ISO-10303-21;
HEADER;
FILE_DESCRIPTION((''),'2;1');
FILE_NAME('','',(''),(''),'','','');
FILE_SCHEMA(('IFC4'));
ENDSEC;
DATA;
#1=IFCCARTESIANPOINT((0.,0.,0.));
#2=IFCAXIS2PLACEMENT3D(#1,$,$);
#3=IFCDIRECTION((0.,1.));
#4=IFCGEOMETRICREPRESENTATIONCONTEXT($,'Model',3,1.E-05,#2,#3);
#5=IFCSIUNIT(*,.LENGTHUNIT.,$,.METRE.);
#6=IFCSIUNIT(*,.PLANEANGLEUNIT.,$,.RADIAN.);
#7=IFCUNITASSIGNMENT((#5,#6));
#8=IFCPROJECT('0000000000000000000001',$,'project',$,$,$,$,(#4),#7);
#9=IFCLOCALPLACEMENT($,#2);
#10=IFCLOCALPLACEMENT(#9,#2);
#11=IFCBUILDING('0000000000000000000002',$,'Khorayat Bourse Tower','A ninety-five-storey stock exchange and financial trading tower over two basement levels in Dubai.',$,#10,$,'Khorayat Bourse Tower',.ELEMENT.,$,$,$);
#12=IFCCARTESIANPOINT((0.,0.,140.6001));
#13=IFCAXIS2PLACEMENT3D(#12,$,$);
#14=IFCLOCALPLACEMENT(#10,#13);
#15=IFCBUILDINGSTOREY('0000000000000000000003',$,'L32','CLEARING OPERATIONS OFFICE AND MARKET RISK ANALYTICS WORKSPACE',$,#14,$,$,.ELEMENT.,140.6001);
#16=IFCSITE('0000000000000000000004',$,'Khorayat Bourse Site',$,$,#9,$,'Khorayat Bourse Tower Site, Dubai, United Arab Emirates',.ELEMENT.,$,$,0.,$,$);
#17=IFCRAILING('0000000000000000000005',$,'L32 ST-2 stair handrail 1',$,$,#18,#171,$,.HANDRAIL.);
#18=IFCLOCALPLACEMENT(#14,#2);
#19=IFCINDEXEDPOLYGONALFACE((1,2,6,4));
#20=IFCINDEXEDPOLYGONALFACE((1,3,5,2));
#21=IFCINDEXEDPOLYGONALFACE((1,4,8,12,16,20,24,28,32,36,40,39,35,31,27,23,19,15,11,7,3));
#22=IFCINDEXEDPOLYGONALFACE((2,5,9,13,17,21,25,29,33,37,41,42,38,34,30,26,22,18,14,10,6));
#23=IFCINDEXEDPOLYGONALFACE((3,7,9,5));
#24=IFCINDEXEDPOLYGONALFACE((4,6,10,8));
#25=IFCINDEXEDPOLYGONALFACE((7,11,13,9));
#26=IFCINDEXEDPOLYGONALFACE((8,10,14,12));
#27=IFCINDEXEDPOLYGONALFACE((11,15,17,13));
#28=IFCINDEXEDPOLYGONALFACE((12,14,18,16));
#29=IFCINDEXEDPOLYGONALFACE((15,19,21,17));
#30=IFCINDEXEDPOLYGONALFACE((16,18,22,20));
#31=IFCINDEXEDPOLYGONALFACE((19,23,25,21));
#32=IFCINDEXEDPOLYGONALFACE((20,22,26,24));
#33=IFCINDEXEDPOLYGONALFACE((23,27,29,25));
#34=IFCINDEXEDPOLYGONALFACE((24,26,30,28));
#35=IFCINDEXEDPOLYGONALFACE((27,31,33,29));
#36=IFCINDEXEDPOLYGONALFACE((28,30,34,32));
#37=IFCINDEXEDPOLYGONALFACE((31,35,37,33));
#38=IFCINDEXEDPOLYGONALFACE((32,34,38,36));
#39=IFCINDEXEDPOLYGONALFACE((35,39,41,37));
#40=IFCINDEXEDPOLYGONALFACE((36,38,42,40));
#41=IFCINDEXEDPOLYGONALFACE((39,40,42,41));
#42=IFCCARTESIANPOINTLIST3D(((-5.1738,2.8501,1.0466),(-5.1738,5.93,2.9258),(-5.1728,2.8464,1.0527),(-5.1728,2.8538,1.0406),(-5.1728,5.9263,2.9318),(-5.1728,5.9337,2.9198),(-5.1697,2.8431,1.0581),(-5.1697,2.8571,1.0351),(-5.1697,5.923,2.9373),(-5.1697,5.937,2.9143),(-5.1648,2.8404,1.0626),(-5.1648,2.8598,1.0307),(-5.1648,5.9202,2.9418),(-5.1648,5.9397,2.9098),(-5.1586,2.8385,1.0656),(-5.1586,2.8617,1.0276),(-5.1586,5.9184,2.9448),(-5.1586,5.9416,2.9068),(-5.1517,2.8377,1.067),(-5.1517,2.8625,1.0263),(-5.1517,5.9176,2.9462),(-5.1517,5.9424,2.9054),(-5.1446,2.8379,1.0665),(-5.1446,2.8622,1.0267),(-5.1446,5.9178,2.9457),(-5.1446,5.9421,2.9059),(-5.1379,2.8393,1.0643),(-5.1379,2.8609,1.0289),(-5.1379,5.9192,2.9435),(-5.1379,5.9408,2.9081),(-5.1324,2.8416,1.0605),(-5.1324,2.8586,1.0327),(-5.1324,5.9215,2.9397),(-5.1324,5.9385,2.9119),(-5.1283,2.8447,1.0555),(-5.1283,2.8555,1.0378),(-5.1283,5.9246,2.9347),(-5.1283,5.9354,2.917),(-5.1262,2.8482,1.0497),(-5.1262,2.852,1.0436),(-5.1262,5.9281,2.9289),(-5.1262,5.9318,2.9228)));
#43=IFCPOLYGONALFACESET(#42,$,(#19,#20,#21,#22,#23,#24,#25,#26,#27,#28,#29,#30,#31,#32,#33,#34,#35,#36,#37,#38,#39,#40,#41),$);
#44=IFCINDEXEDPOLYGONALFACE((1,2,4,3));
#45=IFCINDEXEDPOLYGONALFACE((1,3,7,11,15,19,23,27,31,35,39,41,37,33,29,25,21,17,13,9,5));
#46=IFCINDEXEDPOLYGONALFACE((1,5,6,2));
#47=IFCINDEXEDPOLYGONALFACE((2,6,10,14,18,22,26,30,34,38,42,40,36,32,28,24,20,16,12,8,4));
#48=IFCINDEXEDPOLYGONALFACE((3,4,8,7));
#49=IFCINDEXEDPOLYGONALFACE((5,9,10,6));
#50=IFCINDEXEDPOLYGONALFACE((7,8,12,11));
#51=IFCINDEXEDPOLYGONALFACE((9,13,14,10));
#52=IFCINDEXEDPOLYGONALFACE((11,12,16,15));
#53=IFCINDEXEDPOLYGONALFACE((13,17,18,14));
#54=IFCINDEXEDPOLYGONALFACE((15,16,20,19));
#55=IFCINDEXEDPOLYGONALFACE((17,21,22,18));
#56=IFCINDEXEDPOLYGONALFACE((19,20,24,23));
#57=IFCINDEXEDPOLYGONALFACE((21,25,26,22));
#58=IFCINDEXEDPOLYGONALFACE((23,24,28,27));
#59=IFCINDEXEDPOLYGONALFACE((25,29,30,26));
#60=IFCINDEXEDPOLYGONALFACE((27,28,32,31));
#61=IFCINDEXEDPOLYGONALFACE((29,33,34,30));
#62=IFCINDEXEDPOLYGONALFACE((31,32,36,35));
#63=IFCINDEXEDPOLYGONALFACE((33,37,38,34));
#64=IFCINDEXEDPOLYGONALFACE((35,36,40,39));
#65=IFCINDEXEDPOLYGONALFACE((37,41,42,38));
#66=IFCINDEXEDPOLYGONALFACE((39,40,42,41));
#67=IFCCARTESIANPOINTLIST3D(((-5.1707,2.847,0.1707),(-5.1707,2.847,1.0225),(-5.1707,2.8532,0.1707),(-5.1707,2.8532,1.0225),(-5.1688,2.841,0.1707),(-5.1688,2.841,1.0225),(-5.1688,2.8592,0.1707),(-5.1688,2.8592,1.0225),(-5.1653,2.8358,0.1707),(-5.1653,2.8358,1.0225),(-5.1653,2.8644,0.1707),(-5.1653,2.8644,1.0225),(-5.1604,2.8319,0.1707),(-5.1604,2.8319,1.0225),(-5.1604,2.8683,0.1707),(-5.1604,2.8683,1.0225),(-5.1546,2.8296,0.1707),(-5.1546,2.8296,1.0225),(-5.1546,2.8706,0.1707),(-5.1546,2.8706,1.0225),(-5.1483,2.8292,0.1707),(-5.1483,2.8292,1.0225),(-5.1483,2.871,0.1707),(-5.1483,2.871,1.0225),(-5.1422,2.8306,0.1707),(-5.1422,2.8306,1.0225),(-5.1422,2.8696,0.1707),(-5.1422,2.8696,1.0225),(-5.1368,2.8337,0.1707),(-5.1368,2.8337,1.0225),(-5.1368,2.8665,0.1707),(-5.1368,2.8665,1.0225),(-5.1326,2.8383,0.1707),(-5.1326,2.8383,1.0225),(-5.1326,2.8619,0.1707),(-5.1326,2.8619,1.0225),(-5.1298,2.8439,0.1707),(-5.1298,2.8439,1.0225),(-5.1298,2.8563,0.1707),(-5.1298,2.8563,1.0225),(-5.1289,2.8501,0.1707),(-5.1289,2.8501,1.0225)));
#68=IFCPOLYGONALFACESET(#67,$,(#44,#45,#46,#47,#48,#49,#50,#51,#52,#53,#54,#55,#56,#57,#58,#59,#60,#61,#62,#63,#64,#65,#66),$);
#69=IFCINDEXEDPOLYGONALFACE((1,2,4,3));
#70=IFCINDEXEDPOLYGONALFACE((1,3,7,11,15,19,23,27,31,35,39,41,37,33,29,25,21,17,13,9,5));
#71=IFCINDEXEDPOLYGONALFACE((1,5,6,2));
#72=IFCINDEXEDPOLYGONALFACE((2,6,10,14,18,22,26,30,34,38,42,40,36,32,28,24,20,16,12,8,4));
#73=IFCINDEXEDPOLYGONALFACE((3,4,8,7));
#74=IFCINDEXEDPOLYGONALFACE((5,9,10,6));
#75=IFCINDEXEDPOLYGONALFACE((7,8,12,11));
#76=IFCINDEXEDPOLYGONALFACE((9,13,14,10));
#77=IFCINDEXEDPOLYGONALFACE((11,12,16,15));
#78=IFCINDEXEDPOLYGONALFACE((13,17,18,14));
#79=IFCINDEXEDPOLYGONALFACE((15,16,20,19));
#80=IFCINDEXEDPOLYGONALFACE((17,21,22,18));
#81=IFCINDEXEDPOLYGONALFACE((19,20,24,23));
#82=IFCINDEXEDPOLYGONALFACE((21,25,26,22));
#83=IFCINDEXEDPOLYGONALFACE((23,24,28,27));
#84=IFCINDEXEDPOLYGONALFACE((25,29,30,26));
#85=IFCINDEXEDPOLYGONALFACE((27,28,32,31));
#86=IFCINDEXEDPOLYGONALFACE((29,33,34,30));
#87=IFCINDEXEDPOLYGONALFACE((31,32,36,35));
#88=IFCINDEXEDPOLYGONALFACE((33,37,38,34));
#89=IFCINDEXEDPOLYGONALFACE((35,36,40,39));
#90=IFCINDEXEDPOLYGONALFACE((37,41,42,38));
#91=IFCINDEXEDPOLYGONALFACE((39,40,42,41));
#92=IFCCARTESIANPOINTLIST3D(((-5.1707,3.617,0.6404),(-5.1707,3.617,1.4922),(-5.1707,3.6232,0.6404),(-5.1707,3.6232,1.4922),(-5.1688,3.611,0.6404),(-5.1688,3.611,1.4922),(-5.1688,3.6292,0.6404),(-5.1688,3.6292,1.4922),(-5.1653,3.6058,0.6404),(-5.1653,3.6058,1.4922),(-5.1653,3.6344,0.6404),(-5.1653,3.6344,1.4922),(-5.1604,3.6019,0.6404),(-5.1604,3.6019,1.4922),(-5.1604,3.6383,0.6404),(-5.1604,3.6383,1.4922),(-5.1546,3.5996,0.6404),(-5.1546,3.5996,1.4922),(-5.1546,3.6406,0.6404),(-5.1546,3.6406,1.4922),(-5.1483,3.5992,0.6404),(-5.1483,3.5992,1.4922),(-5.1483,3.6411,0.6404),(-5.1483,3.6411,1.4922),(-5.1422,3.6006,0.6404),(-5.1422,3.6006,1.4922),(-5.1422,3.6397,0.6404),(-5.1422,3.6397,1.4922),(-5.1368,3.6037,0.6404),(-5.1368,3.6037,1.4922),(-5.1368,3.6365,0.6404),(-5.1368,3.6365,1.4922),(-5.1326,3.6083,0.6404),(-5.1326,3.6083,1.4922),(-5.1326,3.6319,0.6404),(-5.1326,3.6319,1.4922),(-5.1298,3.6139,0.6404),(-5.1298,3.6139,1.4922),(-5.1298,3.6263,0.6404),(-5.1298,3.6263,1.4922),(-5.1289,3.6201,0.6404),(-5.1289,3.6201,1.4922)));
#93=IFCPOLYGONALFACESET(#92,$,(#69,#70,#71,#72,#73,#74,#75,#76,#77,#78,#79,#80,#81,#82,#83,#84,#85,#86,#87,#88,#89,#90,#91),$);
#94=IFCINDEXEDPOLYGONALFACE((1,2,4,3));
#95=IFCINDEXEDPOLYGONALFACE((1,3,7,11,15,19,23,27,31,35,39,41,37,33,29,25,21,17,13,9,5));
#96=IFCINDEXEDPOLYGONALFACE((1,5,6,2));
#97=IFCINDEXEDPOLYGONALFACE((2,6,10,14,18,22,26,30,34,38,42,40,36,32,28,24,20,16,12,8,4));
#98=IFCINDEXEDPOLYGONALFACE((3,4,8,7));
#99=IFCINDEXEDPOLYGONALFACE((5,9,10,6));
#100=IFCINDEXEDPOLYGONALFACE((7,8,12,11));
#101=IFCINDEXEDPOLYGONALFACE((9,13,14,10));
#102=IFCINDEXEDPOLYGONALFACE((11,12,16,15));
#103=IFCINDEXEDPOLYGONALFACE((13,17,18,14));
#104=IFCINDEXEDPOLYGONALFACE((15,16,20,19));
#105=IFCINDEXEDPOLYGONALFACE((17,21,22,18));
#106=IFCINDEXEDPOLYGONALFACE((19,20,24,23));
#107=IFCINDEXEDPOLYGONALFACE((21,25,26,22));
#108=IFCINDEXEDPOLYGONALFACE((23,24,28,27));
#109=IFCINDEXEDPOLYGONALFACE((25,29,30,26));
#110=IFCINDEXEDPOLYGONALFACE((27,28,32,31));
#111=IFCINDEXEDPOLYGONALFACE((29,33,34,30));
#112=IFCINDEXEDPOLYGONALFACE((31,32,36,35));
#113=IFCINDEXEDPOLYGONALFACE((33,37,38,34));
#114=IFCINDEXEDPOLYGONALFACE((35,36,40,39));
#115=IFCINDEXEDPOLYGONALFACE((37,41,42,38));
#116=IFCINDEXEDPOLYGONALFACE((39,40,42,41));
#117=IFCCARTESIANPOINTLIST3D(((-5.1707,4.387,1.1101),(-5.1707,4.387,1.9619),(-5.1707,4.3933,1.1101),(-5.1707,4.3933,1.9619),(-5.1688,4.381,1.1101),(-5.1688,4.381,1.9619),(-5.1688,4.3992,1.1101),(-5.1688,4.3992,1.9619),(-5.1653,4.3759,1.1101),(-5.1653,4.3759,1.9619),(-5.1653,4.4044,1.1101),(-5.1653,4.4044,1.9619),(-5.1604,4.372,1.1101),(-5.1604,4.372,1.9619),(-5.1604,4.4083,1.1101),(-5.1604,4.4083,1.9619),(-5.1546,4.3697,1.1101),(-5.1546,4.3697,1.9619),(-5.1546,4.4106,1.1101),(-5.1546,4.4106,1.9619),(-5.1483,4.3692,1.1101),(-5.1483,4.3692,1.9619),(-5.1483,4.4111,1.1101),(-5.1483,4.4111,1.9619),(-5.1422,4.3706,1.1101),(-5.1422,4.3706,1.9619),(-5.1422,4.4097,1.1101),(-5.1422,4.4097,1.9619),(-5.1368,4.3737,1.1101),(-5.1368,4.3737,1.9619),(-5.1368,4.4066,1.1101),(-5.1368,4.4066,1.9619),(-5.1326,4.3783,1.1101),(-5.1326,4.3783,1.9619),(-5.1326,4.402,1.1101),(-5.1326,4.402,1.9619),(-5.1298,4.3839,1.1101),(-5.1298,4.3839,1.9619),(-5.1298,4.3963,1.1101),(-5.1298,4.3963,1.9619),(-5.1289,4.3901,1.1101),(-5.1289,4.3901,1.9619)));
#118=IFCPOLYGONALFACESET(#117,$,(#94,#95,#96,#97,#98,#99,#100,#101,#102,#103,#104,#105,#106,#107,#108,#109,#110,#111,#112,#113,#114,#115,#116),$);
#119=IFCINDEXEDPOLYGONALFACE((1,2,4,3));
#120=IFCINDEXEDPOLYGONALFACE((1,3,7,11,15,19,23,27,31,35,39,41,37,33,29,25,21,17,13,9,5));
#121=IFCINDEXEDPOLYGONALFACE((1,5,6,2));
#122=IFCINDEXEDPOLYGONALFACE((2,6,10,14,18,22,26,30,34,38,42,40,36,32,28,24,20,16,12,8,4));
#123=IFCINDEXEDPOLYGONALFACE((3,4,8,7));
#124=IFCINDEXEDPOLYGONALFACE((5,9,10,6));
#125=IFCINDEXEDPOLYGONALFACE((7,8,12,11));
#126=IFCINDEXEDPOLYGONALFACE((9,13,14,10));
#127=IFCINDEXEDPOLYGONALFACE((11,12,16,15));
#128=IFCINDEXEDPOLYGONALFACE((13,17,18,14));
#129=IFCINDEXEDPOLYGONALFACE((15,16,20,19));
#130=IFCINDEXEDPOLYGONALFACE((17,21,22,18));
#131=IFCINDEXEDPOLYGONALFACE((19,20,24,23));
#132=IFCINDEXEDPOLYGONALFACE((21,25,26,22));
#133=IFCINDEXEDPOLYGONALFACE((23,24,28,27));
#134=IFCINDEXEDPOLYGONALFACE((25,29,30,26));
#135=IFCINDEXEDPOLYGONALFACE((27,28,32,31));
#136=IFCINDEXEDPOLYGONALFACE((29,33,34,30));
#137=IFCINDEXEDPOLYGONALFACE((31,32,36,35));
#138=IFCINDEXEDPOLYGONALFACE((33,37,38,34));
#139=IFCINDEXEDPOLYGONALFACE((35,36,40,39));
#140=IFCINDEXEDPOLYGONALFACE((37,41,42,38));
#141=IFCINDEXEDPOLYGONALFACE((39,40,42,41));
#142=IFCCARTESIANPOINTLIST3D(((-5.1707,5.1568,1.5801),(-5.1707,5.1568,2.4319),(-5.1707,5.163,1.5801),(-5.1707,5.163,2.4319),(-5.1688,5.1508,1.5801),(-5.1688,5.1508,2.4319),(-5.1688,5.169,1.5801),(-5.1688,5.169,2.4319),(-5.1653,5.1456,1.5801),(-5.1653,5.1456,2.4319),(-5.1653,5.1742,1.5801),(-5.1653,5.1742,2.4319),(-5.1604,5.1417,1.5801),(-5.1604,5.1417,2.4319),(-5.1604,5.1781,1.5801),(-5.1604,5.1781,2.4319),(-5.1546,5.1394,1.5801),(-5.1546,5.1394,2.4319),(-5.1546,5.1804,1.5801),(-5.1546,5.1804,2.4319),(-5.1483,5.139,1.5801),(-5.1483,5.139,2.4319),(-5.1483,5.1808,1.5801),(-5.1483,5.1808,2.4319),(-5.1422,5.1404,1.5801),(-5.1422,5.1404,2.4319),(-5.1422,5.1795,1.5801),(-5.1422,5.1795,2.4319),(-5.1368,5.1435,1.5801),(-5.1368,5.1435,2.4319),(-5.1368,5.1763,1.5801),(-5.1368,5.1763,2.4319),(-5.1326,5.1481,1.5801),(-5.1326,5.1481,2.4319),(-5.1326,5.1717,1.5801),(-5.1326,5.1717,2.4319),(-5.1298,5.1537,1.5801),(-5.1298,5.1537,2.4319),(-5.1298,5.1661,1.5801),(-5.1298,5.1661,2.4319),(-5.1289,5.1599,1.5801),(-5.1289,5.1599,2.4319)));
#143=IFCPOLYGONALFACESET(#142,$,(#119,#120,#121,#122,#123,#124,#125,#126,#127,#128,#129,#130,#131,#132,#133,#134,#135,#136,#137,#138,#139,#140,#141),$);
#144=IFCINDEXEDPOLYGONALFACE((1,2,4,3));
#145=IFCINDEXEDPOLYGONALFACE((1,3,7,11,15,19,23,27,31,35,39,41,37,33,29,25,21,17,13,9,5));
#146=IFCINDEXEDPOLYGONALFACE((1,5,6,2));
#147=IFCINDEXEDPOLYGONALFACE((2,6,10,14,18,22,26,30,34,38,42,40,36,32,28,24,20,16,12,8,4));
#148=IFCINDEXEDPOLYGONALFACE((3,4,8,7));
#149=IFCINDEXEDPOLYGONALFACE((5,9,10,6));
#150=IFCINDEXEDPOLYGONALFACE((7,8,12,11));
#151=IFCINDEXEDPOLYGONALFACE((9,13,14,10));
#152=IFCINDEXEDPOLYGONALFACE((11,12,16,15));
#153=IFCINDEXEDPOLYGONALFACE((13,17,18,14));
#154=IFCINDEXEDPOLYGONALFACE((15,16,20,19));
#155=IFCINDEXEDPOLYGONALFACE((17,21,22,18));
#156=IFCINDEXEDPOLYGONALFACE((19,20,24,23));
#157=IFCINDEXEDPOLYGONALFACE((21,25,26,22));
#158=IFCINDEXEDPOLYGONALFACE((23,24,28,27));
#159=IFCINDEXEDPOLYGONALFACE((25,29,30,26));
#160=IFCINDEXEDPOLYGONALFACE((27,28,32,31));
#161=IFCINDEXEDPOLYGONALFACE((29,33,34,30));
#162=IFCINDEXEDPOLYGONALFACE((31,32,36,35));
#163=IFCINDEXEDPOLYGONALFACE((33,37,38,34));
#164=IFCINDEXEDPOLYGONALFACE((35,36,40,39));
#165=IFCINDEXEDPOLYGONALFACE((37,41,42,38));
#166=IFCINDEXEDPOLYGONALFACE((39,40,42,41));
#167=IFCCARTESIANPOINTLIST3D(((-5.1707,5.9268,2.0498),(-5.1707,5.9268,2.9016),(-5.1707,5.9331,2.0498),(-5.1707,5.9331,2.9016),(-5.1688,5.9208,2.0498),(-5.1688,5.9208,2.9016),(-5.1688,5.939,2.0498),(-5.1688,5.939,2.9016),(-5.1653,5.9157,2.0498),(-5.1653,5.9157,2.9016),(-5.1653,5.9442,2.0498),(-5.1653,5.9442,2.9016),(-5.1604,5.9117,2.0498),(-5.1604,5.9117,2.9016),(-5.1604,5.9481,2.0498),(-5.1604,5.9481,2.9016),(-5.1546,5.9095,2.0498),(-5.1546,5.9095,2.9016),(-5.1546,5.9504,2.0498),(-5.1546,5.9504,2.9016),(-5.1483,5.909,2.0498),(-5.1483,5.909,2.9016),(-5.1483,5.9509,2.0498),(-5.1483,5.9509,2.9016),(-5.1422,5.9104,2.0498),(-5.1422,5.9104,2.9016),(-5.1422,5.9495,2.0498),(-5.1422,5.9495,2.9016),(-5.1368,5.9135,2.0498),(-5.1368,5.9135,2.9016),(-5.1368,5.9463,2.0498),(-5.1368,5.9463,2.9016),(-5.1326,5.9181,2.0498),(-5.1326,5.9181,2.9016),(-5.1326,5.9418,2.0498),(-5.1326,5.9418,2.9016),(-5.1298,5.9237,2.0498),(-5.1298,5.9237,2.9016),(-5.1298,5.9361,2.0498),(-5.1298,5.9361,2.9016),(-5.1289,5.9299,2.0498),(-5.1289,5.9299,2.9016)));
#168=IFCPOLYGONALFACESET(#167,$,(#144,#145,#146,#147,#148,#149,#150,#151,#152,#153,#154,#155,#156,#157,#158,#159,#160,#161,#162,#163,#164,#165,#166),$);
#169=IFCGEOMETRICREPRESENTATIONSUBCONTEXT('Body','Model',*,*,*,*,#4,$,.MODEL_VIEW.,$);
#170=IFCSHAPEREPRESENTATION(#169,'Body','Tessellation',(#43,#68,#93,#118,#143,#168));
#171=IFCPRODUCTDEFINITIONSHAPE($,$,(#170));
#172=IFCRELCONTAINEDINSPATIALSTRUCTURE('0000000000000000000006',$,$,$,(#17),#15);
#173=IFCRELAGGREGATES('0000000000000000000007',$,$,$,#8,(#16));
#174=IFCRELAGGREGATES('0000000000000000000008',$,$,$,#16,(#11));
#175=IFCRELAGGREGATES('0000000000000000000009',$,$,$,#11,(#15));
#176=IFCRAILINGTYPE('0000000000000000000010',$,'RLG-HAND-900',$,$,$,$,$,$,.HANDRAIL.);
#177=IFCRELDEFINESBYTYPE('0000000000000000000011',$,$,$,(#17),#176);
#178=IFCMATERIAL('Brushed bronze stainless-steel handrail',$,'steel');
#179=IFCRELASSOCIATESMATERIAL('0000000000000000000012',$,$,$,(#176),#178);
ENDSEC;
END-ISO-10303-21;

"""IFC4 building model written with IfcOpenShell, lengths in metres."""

from ifc_helpers import new_model, si_unit, direction, frame, origin, origin_2d, place, context, subcontext, project, spatial, circle, extrude, source, transform, mapped, material, type_object, element, save


model = new_model("IFC4")

# Units and contexts
model_context = context("Model", 3, precision=1e-05, world=origin(), true_north=direction((0.0, 1.0)))
body_context = subcontext(model_context, "Body", "Model", "MODEL_VIEW")
ifc_project = project(units=[si_unit("LENGTHUNIT", "METRE"), si_unit("PLANEANGLEUNIT", "RADIAN")], contexts=[model_context])

# Site, building, storey
site_placement = place(None, origin())
site = spatial("IfcSite", under=ifc_project, at=site_placement, Name="Khorayat Bourse Site", LongName="Khorayat Bourse Tower Site, Dubai, United Arab Emirates", CompositionType="ELEMENT", RefElevation=0.0)
building_placement = place(site_placement, origin())
building = spatial("IfcBuilding", under=site, at=building_placement, Name="Khorayat Bourse Tower", Description="A ninety-five-storey stock exchange and financial trading tower over two basement levels in Dubai.", LongName="Khorayat Bourse Tower", CompositionType="ELEMENT")
storey_placement = place(building_placement, frame((0.0, 0.0, 140.6001)))
storey = spatial("IfcBuildingStorey", under=building, at=storey_placement, Name="L32", Description="CLEARING OPERATIONS OFFICE AND MARKET RISK ANALYTICS WORKSPACE", CompositionType="ELEMENT", Elevation=140.6001)

# Railing
ifc_material_1 = material(Name="Brushed bronze stainless-steel handrail", Category="steel")
railing_type_1 = type_object("IfcRailingType", Name="RLG-HAND-900", PredefinedType="HANDRAIL", material=ifc_material_1)
shared_shape_1 = source(origin(), body_context, "Body", "SweptSolid", [
    extrude(circle(Radius=0.0239, at=origin_2d()), frame((0.0, 0.0, 0.876), z_axis=(0.0, 0.853648, 0.52085), x_axis=(-1.0, 0.0, 0.0)), (0.0, 0.0, 1.0), 3.6079),
    extrude(circle(Radius=0.021, at=origin_2d()), origin(), (0.0, 0.0, 1.0), 0.8518),
    extrude(circle(Radius=0.021, at=origin_2d()), frame((0.0, 0.77, 0.4697)), (0.0, 0.0, 1.0), 0.8518),
    extrude(circle(Radius=0.021, at=origin_2d()), frame((0.0, 1.54, 0.9395)), (0.0, 0.0, 1.0), 0.8518),
    extrude(circle(Radius=0.021, at=origin_2d()), frame((0.0, 2.3098, 1.4094)), (0.0, 0.0, 1.0), 0.8518),
    extrude(circle(Radius=0.021, at=origin_2d()), frame((0.0, 3.0798, 1.8792)), (0.0, 0.0, 1.0), 0.8518),
])
railing_1_placement = place(storey_placement, frame((-5.1499, 2.8501, 0.1707)))
element("IfcRailing", 1, at=railing_1_placement, inside=storey, type_object=railing_type_1, Name="L32 ST-2 stair handrail 1", PredefinedType="HANDRAIL", context=body_context, shape_type="MappedRepresentation", body=[
    mapped(shared_shape_1, transform((0.0, 0.0, 0.0), scale=1.0)),
])

save(model, "model.ifc")
